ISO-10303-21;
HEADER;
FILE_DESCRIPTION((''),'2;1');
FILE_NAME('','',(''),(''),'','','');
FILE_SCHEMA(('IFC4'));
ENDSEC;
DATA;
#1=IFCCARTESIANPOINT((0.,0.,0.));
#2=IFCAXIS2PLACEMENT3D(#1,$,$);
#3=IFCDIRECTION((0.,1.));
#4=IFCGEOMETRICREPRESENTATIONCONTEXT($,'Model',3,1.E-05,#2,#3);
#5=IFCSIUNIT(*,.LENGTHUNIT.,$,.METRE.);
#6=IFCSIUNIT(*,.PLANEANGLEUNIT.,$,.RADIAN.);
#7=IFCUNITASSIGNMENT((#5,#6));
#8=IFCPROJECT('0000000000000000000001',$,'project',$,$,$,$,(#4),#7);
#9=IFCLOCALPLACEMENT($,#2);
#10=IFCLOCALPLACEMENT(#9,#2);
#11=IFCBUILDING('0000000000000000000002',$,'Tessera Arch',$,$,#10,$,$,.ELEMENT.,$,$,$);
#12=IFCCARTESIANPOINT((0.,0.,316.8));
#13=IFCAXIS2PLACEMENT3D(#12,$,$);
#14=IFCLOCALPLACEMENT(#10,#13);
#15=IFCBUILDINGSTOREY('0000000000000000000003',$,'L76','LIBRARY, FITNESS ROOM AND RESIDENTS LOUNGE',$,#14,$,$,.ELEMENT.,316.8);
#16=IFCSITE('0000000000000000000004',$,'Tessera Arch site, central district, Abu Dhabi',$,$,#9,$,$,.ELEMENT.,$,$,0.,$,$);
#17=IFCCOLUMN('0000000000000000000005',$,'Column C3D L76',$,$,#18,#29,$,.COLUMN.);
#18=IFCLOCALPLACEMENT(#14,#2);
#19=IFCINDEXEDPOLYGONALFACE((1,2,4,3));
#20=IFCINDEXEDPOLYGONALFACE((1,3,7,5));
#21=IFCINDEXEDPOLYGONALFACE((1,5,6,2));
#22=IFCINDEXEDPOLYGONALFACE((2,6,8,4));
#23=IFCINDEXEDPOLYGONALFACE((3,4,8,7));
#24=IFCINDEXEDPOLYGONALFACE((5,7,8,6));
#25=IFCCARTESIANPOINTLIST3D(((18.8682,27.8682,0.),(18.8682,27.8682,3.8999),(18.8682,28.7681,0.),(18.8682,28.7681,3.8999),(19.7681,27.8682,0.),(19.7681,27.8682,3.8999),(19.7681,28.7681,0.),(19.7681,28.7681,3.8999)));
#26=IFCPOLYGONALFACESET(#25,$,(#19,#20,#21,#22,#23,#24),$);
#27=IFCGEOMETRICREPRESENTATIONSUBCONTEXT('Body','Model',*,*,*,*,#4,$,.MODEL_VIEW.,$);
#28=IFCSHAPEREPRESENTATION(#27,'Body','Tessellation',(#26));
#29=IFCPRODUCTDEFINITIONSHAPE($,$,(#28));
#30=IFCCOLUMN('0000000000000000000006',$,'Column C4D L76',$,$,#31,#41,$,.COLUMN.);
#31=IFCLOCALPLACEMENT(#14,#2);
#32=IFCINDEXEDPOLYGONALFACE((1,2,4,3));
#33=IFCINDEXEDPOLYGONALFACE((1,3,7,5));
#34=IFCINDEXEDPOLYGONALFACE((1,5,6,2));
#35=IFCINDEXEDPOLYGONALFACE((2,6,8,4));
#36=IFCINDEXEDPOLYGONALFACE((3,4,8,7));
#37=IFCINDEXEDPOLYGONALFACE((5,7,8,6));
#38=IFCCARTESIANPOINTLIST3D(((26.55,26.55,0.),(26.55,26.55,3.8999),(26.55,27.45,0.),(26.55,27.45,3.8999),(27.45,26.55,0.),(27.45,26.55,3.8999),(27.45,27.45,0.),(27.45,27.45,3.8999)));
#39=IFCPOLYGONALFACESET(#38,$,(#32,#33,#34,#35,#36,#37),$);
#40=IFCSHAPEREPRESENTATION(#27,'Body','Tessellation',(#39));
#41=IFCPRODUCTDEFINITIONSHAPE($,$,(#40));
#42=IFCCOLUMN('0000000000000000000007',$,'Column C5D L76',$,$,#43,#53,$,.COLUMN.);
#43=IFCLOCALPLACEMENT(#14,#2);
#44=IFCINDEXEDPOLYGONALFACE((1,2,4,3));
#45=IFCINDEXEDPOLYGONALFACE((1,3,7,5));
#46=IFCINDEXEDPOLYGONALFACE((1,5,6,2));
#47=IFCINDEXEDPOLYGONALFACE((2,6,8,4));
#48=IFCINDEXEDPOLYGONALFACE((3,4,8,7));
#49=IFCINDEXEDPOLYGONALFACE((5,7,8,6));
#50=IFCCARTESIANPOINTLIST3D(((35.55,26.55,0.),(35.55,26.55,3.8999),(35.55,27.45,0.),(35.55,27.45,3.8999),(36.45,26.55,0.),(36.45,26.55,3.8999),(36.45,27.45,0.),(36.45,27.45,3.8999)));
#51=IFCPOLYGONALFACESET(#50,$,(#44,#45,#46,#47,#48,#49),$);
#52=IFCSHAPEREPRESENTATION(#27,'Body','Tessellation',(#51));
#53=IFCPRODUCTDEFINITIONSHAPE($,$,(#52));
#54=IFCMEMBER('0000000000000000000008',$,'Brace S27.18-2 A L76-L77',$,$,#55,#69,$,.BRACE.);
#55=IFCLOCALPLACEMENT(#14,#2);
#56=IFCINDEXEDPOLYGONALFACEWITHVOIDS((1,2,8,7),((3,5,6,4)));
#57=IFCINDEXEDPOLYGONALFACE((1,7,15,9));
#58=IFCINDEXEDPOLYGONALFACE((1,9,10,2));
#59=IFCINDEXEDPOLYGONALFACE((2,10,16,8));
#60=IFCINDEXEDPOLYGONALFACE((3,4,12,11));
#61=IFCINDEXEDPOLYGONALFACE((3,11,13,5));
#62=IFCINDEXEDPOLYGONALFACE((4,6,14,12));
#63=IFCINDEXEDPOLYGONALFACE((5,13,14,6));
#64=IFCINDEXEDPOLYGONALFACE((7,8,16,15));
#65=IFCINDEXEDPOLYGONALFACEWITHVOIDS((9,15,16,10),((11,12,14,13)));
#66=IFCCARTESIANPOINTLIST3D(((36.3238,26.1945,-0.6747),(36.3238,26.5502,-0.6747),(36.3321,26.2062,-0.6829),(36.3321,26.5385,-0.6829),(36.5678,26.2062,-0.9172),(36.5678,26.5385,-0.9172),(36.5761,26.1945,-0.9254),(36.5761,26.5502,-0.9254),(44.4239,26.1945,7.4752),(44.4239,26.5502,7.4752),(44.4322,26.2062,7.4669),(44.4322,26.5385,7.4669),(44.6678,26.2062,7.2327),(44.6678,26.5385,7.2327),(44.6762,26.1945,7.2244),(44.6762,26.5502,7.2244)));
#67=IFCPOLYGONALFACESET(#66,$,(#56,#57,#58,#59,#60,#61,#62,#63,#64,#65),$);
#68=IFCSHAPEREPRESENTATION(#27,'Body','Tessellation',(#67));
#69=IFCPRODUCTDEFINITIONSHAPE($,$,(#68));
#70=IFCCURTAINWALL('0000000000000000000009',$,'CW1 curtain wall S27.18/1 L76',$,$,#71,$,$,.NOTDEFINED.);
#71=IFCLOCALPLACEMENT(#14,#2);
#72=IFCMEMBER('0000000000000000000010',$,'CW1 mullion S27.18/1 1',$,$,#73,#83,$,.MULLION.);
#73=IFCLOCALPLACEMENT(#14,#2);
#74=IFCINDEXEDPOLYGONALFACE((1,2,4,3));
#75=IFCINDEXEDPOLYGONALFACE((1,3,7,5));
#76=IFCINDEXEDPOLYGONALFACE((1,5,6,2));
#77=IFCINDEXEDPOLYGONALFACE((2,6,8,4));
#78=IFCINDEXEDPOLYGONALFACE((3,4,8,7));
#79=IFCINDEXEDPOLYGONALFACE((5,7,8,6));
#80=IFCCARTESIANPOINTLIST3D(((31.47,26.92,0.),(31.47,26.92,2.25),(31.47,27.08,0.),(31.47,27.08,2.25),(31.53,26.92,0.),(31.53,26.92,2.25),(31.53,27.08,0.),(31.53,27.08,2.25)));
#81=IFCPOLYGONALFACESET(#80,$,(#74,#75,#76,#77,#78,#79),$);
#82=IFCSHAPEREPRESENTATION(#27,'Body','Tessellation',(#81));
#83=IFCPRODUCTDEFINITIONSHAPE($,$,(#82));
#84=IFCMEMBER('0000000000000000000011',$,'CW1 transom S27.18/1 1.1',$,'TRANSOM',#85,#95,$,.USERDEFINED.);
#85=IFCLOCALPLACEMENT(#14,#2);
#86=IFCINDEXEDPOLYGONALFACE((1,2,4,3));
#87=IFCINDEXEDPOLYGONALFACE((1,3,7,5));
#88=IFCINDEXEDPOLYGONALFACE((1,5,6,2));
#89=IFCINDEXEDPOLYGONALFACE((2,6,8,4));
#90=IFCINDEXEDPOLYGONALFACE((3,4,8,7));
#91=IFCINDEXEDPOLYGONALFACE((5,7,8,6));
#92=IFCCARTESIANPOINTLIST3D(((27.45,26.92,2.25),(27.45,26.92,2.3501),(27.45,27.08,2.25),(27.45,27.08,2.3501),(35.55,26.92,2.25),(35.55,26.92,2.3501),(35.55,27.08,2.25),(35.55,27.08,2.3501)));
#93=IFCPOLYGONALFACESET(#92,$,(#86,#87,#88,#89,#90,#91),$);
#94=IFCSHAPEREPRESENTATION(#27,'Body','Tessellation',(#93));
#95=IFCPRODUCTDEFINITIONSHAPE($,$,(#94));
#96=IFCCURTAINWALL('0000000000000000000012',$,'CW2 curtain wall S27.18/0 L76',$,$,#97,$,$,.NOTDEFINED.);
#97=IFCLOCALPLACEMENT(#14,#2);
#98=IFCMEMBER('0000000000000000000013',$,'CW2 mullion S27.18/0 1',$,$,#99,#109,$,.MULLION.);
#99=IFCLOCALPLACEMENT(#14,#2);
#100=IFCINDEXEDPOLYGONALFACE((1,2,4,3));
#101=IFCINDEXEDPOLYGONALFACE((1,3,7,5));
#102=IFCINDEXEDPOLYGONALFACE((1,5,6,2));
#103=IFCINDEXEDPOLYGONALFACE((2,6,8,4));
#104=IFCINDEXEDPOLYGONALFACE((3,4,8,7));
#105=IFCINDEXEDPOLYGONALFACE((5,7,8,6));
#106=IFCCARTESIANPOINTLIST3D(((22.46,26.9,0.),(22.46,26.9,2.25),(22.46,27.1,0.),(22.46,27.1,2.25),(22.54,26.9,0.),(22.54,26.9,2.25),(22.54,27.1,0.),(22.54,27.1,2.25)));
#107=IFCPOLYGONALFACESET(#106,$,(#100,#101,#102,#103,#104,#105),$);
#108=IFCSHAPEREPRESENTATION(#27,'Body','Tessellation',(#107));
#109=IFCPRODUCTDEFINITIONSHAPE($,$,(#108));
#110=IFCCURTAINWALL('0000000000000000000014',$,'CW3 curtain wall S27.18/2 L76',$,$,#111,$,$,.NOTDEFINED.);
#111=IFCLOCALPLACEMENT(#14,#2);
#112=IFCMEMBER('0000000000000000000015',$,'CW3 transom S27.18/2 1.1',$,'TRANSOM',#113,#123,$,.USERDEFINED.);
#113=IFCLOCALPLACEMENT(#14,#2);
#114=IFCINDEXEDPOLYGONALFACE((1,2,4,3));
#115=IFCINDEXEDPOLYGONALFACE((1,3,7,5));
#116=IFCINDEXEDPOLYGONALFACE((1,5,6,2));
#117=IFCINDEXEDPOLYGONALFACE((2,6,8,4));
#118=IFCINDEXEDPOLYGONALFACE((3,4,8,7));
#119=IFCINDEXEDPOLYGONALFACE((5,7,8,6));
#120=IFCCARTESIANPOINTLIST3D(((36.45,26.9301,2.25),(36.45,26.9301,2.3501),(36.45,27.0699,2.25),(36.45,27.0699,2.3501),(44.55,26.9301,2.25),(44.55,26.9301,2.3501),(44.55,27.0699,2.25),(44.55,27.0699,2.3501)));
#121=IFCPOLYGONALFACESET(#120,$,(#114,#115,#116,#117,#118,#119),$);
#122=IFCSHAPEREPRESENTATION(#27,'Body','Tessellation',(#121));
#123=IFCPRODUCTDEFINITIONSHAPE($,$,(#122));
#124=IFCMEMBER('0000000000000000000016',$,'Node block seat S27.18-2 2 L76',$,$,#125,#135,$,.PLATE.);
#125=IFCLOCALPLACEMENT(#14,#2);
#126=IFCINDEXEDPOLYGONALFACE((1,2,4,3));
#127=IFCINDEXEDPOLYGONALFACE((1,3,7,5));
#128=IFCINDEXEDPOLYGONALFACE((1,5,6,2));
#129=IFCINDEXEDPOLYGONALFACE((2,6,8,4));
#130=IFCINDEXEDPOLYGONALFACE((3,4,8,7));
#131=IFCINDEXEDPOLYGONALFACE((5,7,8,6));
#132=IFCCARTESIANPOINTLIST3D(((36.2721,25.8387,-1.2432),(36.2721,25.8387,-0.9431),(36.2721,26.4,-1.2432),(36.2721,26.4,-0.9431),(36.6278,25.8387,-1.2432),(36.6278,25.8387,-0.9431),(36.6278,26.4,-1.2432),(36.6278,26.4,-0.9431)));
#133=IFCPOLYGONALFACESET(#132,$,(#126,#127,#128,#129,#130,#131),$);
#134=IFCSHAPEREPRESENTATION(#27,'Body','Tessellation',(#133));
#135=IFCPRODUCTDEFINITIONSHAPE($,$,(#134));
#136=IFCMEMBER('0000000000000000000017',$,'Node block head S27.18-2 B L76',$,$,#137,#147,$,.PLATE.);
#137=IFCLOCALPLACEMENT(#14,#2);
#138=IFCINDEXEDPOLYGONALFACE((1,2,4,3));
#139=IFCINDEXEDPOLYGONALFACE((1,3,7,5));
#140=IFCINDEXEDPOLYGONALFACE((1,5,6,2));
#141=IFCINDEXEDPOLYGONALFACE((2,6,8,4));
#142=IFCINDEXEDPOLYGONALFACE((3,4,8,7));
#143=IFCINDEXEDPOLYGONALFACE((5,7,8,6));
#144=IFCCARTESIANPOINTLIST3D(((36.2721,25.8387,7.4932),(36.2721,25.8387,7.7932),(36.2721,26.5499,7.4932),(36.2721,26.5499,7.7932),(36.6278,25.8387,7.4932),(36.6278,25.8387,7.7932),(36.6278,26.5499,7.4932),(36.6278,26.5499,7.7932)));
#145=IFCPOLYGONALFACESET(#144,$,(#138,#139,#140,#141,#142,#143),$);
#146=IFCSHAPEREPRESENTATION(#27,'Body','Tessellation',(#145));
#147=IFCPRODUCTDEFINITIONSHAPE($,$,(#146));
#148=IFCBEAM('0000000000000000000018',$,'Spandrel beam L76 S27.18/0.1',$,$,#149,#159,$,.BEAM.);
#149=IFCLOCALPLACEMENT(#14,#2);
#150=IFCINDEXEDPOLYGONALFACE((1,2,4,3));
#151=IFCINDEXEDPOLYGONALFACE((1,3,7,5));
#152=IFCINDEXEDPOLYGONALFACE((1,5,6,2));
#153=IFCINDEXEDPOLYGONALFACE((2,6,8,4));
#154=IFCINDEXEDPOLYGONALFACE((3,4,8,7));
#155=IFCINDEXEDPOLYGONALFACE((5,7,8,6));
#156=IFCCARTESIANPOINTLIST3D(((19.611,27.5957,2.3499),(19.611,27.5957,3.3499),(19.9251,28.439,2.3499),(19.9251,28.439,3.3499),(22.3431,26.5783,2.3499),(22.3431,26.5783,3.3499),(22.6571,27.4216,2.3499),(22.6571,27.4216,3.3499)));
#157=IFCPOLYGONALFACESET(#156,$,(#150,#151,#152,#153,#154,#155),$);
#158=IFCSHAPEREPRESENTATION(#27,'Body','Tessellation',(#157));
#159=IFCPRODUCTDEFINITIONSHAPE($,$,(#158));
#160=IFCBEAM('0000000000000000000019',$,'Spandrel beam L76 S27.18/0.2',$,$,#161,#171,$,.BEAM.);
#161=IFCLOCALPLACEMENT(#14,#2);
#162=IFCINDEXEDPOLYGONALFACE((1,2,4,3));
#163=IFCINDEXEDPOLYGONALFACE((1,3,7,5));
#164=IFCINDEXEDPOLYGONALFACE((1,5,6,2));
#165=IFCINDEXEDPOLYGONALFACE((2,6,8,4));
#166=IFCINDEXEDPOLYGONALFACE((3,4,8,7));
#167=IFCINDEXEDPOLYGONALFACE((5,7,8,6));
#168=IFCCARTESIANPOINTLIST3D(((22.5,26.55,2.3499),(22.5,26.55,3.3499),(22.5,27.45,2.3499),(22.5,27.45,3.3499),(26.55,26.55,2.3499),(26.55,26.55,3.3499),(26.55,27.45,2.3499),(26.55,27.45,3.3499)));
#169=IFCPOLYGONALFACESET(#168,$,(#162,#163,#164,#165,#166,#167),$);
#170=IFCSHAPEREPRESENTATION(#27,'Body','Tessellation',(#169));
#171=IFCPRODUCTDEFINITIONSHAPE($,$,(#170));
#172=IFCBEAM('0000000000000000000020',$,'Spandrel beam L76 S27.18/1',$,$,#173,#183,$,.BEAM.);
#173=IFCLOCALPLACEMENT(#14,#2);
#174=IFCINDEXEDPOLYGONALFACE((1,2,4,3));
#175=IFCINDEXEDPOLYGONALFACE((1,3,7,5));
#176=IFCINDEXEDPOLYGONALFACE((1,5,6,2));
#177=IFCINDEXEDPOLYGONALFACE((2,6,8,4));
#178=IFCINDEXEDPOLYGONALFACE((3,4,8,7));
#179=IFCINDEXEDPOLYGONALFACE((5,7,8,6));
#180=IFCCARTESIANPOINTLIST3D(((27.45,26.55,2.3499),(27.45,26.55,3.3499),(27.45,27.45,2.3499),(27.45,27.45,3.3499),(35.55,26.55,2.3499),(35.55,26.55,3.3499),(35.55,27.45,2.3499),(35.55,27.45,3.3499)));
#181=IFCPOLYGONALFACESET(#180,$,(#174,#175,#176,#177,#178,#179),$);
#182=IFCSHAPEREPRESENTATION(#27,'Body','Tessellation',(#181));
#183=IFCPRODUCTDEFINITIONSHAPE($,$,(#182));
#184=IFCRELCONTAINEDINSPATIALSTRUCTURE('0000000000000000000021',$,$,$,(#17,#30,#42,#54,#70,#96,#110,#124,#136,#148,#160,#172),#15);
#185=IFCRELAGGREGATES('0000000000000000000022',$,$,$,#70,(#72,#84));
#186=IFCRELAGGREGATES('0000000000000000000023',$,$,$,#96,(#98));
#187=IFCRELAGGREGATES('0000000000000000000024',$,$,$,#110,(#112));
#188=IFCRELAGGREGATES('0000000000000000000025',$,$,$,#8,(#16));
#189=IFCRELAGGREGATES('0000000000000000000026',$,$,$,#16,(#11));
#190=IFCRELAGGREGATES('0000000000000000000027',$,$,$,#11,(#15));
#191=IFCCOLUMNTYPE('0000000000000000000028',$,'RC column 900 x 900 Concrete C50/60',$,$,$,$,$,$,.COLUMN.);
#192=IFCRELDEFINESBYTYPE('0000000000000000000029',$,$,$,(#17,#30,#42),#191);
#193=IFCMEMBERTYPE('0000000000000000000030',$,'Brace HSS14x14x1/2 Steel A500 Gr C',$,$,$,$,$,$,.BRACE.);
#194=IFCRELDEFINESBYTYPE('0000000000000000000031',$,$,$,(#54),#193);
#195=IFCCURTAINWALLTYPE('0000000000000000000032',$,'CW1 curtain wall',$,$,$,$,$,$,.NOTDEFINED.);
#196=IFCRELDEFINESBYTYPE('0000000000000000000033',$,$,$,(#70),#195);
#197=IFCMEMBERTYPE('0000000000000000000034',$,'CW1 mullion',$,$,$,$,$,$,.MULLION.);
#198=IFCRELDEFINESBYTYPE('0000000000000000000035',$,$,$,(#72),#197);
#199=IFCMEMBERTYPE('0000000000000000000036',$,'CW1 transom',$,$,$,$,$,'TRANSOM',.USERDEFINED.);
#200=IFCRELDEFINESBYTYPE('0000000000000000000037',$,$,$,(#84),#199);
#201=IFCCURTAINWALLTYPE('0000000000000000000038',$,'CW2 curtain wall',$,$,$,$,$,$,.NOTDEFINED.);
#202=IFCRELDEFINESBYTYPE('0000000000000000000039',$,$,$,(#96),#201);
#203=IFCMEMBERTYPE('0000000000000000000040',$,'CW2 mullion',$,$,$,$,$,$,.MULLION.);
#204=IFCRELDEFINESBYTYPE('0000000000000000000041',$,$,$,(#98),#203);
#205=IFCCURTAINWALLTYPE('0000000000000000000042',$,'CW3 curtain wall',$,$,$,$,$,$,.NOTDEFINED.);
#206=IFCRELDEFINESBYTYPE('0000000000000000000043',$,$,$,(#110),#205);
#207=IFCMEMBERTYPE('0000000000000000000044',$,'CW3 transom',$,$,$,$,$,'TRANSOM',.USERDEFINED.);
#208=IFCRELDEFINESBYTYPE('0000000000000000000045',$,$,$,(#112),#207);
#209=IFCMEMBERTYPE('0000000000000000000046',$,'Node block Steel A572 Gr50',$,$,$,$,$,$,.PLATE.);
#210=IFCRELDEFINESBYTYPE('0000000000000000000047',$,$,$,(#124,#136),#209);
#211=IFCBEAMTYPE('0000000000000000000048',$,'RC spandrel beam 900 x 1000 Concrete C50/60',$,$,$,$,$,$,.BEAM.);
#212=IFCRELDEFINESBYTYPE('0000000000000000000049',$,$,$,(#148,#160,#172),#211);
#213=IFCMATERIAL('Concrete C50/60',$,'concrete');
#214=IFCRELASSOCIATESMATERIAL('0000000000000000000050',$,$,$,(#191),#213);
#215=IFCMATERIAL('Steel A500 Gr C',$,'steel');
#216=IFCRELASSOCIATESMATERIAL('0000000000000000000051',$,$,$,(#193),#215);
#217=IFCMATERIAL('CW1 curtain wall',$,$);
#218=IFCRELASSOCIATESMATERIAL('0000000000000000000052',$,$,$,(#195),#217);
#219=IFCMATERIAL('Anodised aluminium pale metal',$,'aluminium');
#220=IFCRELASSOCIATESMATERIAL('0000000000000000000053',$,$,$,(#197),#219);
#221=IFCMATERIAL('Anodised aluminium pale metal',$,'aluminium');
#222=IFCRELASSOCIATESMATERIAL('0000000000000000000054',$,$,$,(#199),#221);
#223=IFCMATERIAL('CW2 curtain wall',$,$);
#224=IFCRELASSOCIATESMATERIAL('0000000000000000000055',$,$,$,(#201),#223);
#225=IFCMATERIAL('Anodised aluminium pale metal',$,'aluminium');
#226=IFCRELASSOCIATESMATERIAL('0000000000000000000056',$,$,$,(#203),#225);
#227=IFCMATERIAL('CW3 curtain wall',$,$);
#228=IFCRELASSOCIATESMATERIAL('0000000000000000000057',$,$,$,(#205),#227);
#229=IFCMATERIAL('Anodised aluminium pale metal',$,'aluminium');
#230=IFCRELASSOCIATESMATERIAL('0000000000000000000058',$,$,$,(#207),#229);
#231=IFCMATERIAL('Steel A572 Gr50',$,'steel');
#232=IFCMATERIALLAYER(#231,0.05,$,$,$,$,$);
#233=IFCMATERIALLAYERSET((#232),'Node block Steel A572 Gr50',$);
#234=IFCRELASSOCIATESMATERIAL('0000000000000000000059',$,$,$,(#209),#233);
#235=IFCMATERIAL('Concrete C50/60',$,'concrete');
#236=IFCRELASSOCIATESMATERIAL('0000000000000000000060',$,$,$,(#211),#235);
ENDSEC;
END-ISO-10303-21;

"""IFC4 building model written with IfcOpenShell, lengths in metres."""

from ifc_helpers import new_model, si_unit, direction, frame, origin, origin_2d, place, context, subcontext, project, spatial, rectangle, hollow_rectangle, extrude, material, layer, layer_set, material_profile, profile_set, type_object, element, aggregate, save


model = new_model("IFC4")

# Units and contexts
model_context = context("Model", 3, precision=1e-05, world=origin(), true_north=direction((0.0, 1.0)))
body_context = subcontext(model_context, "Body", "Model", "MODEL_VIEW")
ifc_project = project(units=[si_unit("LENGTHUNIT", "METRE"), si_unit("PLANEANGLEUNIT", "RADIAN")], contexts=[model_context])

# Site, building, storey
site_placement = place(None, origin())
site = spatial("IfcSite", under=ifc_project, at=site_placement, Name="Tessera Arch site, central district, Abu Dhabi", CompositionType="ELEMENT", RefElevation=0.0)
building_placement = place(site_placement, origin())
building = spatial("IfcBuilding", under=site, at=building_placement, Name="Tessera Arch", CompositionType="ELEMENT")
storey_placement = place(building_placement, frame((0.0, 0.0, 316.8)))
storey = spatial("IfcBuildingStorey", under=building, at=storey_placement, Name="L76", Description="LIBRARY, FITNESS ROOM AND RESIDENTS LOUNGE", CompositionType="ELEMENT", Elevation=316.8)

# Columns
ifc_material_1 = material(Name="Concrete C50/60", Category="concrete")
ifc_material_profile_1 = material_profile(ifc_material_1, rectangle(XDim=0.8999, YDim=0.8999, at=origin_2d()), Name="RC column 900 x 900 Concrete C50/60")
ifc_profile_set_1 = profile_set([ifc_material_profile_1], Name="Concrete C50/60")
column_type = type_object("IfcColumnType", Name="RC column 900 x 900 Concrete C50/60", PredefinedType="COLUMN", material=ifc_profile_set_1)
for number, where, z_axis, x_axis, name in (
    (1, (19.3181, 28.3181, 0.0), (0.0, 0.0, 1.0), (1.0, 0.0, 0.0), "Column C3D L76"),
    (2, (27.0, 27.0, 0.0), (0.0, 0.0, 1.0), (1.0, 0.0, 0.0), "Column C4D L76"),
    (3, (36.0, 27.0, 0.0), (0.0, 0.0, 1.0), (1.0, 0.0, 0.0), "Column C5D L76"),
):
    element("IfcColumn", number, at=place(storey_placement, frame(where, z_axis=z_axis, x_axis=x_axis)), inside=storey, type_object=column_type, Name=name, PredefinedType="COLUMN", context=body_context, shape_type="SweptSolid", body=[
        extrude(rectangle(XDim=0.8999, YDim=0.8999, at=origin_2d()), origin(), (0.0, 0.0, 1.0), 3.8999),
    ])

# Member
ifc_material_2 = material(Name="Steel A500 Gr C", Category="steel")
ifc_material_profile_2 = material_profile(ifc_material_2, hollow_rectangle(XDim=0.3557, YDim=0.3557, WallThickness=0.0117, at=origin_2d()), Name="HSS14x14x1/2")
ifc_profile_set_2 = profile_set([ifc_material_profile_2], Name="Steel A500 Gr C")
member_type_1 = type_object("IfcMemberType", Name="Brace HSS14x14x1/2 Steel A500 Gr C", PredefinedType="BRACE", material=ifc_profile_set_2)
member_1_placement = place(storey_placement, frame((36.45, 26.3723, -0.8), z_axis=(0.704936, 0.0, 0.709271), x_axis=(0.0, 1.0, 0.0)))
element("IfcMember", 4, at=member_1_placement, inside=storey, type_object=member_type_1, Name="Brace S27.18-2 A L76-L77", PredefinedType="BRACE", context=body_context, shape_type="SweptSolid", body=[
    extrude(hollow_rectangle(XDim=0.3557, YDim=0.3557, WallThickness=0.0117, at=origin_2d()), origin(), (0.0, 0.0, 1.0), 11.4905),
])

# Curtain wall, members
ifc_material_3 = material(Name="CW1 curtain wall")
curtain_wall_type_1 = type_object("IfcCurtainWallType", Name="CW1 curtain wall", PredefinedType="NOTDEFINED", material=ifc_material_3)
curtain_wall_1_placement = place(storey_placement, origin())
curtain_wall_1 = element("IfcCurtainWall", 5, at=curtain_wall_1_placement, inside=storey, type_object=curtain_wall_type_1, Name="CW1 curtain wall S27.18/1 L76", PredefinedType="NOTDEFINED")
ifc_material_4 = material(Name="Anodised aluminium pale metal", Category="aluminium")
ifc_material_profile_3 = material_profile(ifc_material_4, rectangle(XDim=0.1599, YDim=0.0601, at=origin_2d()), Name="AL 60x160")
ifc_profile_set_3 = profile_set([ifc_material_profile_3], Name="Anodised aluminium pale metal")
member_type_2 = type_object("IfcMemberType", Name="CW1 mullion", PredefinedType="MULLION", material=ifc_profile_set_3)
member_2_placement = place(storey_placement, frame((31.5, 27.0, 0.0), z_axis=(0.0, 0.0, 1.0), x_axis=(0.0, 1.0, 0.0)))
member_2 = element("IfcMember", 6, at=member_2_placement, type_object=member_type_2, Name="CW1 mullion S27.18/1 1", PredefinedType="MULLION", context=body_context, shape_type="SweptSolid", body=[
    extrude(rectangle(XDim=0.1599, YDim=0.0601, at=origin_2d()), origin(), (0.0, 0.0, 1.0), 2.25),
])
ifc_material_5 = material(Name="Anodised aluminium pale metal", Category="aluminium")
ifc_material_profile_4 = material_profile(ifc_material_5, rectangle(XDim=0.1599, YDim=0.1001, at=origin_2d()), Name="AL 160x100")
ifc_profile_set_4 = profile_set([ifc_material_profile_4], Name="Anodised aluminium pale metal")
member_type_3 = type_object("IfcMemberType", Name="CW1 transom", ElementType="TRANSOM", PredefinedType="USERDEFINED", material=ifc_profile_set_4)
member_3_placement = place(storey_placement, frame((27.45, 27.0, 2.3), z_axis=(1.0, 0.0, 0.0), x_axis=(0.0, 1.0, 0.0)))
member_3 = element("IfcMember", 7, at=member_3_placement, type_object=member_type_3, Name="CW1 transom S27.18/1 1.1", ObjectType="TRANSOM", PredefinedType="USERDEFINED", context=body_context, shape_type="SweptSolid", body=[
    extrude(rectangle(XDim=0.1599, YDim=0.1001, at=origin_2d()), origin(), (0.0, 0.0, 1.0), 8.1001),
])

# Curtain walls, members
ifc_material_6 = material(Name="CW2 curtain wall")
curtain_wall_type_2 = type_object("IfcCurtainWallType", Name="CW2 curtain wall", PredefinedType="NOTDEFINED", material=ifc_material_6)
curtain_wall_2_placement = place(storey_placement, origin())
curtain_wall_2 = element("IfcCurtainWall", 8, at=curtain_wall_2_placement, inside=storey, type_object=curtain_wall_type_2, Name="CW2 curtain wall S27.18/0 L76", PredefinedType="NOTDEFINED")
ifc_material_7 = material(Name="Anodised aluminium pale metal", Category="aluminium")
ifc_material_profile_5 = material_profile(ifc_material_7, rectangle(XDim=0.2, YDim=0.0801, at=origin_2d()), Name="AL 80x200")
ifc_profile_set_5 = profile_set([ifc_material_profile_5], Name="Anodised aluminium pale metal")
member_type_4 = type_object("IfcMemberType", Name="CW2 mullion", PredefinedType="MULLION", material=ifc_profile_set_5)
member_4_placement = place(storey_placement, frame((22.5, 27.0, 0.0), z_axis=(0.0, 0.0, 1.0), x_axis=(0.0, 1.0, 0.0)))
member_4 = element("IfcMember", 9, at=member_4_placement, type_object=member_type_4, Name="CW2 mullion S27.18/0 1", PredefinedType="MULLION", context=body_context, shape_type="SweptSolid", body=[
    extrude(rectangle(XDim=0.2, YDim=0.0801, at=origin_2d()), origin(), (0.0, 0.0, 1.0), 2.25),
])
ifc_material_8 = material(Name="CW3 curtain wall")
curtain_wall_type_3 = type_object("IfcCurtainWallType", Name="CW3 curtain wall", PredefinedType="NOTDEFINED", material=ifc_material_8)
curtain_wall_3_placement = place(storey_placement, origin())
curtain_wall_3 = element("IfcCurtainWall", 10, at=curtain_wall_3_placement, inside=storey, type_object=curtain_wall_type_3, Name="CW3 curtain wall S27.18/2 L76", PredefinedType="NOTDEFINED")
ifc_material_9 = material(Name="Anodised aluminium pale metal", Category="aluminium")
ifc_material_profile_6 = material_profile(ifc_material_9, rectangle(XDim=0.1399, YDim=0.1001, at=origin_2d()), Name="AL 140x100")
ifc_profile_set_6 = profile_set([ifc_material_profile_6], Name="Anodised aluminium pale metal")
member_type_5 = type_object("IfcMemberType", Name="CW3 transom", ElementType="TRANSOM", PredefinedType="USERDEFINED", material=ifc_profile_set_6)
member_5_placement = place(storey_placement, frame((36.45, 27.0, 2.3), z_axis=(1.0, 0.0, 0.0), x_axis=(0.0, 1.0, 0.0)))
member_5 = element("IfcMember", 11, at=member_5_placement, type_object=member_type_5, Name="CW3 transom S27.18/2 1.1", ObjectType="TRANSOM", PredefinedType="USERDEFINED", context=body_context, shape_type="SweptSolid", body=[
    extrude(rectangle(XDim=0.1399, YDim=0.1001, at=origin_2d()), origin(), (0.0, 0.0, 1.0), 8.1001),
])

# Members
ifc_material_10 = material(Name="Steel A572 Gr50", Category="steel")
ifc_layer_1 = layer(ifc_material_10, 0.05)
ifc_layer_set_1 = layer_set([ifc_layer_1], Name="Node block Steel A572 Gr50")
member_type_6 = type_object("IfcMemberType", Name="Node block Steel A572 Gr50", PredefinedType="PLATE", material=ifc_layer_set_1)
member_6_placement = place(storey_placement, frame((36.45, 26.1194, -1.2432), z_axis=(0.0, 0.0, 1.0), x_axis=(1.0, 0.0, 0.0)))
element("IfcMember", 12, at=member_6_placement, inside=storey, type_object=member_type_6, Name="Node block seat S27.18-2 2 L76", PredefinedType="PLATE", context=body_context, shape_type="SweptSolid", body=[
    extrude(rectangle(XDim=0.3557, YDim=0.5613, at=origin_2d()), origin(), (0.0, 0.0, 1.0), 0.3),
])
member_7_placement = place(storey_placement, frame((36.45, 26.1943, 7.4932), z_axis=(0.0, 0.0, 1.0), x_axis=(1.0, 0.0, 0.0)))
element("IfcMember", 13, at=member_7_placement, inside=storey, type_object=member_type_6, Name="Node block head S27.18-2 B L76", PredefinedType="PLATE", context=body_context, shape_type="SweptSolid", body=[
    extrude(rectangle(XDim=0.3557, YDim=0.7112, at=origin_2d()), origin(), (0.0, 0.0, 1.0), 0.3),
])

# Beams
ifc_material_11 = material(Name="Concrete C50/60", Category="concrete")
ifc_material_profile_7 = material_profile(ifc_material_11, rectangle(XDim=0.8999, YDim=1.0, at=origin_2d()), Name="RC spandrel beam 900 x 1000 Concrete C50/60")
ifc_profile_set_7 = profile_set([ifc_material_profile_7], Name="Concrete C50/60")
beam_type = type_object("IfcBeamType", Name="RC spandrel beam 900 x 1000 Concrete C50/60", PredefinedType="BEAM", material=ifc_profile_set_7)
beam_1_placement = place(storey_placement, frame((19.7681, 28.0173, 2.8499), z_axis=(0.937132, -0.348975, 0.0), x_axis=(0.348975, 0.937132, 0.0)))
element("IfcBeam", 14, at=beam_1_placement, inside=storey, type_object=beam_type, Name="Spandrel beam L76 S27.18/0.1", PredefinedType="BEAM", context=body_context, shape_type="SweptSolid", body=[
    extrude(rectangle(XDim=0.8999, YDim=1.0, at=origin_2d()), origin(), (0.0, 0.0, 1.0), 2.9153),
])
beam_2_placement = place(storey_placement, frame((22.5, 27.0, 2.8499), z_axis=(1.0, 0.0, 0.0), x_axis=(0.0, 1.0, 0.0)))
element("IfcBeam", 15, at=beam_2_placement, inside=storey, type_object=beam_type, Name="Spandrel beam L76 S27.18/0.2", PredefinedType="BEAM", context=body_context, shape_type="SweptSolid", body=[
    extrude(rectangle(XDim=0.8999, YDim=1.0, at=origin_2d()), origin(), (0.0, 0.0, 1.0), 4.05),
])
for number, where, z_axis, x_axis, name in (
    (16, (27.45, 27.0, 2.8499), (1.0, 0.0, 0.0), (0.0, 1.0, 0.0), "Spandrel beam L76 S27.18/1"),
):
    element("IfcBeam", number, at=place(storey_placement, frame(where, z_axis=z_axis, x_axis=x_axis)), inside=storey, type_object=beam_type, Name=name, PredefinedType="BEAM", context=body_context, shape_type="SweptSolid", body=[
        extrude(rectangle(XDim=0.8999, YDim=1.0, at=origin_2d()), origin(), (0.0, 0.0, 1.0), 8.1001),
    ])

aggregate(curtain_wall_1, [member_2, member_3])
aggregate(curtain_wall_2, [member_4])
aggregate(curtain_wall_3, [member_5])

save(model, "model.ifc")
